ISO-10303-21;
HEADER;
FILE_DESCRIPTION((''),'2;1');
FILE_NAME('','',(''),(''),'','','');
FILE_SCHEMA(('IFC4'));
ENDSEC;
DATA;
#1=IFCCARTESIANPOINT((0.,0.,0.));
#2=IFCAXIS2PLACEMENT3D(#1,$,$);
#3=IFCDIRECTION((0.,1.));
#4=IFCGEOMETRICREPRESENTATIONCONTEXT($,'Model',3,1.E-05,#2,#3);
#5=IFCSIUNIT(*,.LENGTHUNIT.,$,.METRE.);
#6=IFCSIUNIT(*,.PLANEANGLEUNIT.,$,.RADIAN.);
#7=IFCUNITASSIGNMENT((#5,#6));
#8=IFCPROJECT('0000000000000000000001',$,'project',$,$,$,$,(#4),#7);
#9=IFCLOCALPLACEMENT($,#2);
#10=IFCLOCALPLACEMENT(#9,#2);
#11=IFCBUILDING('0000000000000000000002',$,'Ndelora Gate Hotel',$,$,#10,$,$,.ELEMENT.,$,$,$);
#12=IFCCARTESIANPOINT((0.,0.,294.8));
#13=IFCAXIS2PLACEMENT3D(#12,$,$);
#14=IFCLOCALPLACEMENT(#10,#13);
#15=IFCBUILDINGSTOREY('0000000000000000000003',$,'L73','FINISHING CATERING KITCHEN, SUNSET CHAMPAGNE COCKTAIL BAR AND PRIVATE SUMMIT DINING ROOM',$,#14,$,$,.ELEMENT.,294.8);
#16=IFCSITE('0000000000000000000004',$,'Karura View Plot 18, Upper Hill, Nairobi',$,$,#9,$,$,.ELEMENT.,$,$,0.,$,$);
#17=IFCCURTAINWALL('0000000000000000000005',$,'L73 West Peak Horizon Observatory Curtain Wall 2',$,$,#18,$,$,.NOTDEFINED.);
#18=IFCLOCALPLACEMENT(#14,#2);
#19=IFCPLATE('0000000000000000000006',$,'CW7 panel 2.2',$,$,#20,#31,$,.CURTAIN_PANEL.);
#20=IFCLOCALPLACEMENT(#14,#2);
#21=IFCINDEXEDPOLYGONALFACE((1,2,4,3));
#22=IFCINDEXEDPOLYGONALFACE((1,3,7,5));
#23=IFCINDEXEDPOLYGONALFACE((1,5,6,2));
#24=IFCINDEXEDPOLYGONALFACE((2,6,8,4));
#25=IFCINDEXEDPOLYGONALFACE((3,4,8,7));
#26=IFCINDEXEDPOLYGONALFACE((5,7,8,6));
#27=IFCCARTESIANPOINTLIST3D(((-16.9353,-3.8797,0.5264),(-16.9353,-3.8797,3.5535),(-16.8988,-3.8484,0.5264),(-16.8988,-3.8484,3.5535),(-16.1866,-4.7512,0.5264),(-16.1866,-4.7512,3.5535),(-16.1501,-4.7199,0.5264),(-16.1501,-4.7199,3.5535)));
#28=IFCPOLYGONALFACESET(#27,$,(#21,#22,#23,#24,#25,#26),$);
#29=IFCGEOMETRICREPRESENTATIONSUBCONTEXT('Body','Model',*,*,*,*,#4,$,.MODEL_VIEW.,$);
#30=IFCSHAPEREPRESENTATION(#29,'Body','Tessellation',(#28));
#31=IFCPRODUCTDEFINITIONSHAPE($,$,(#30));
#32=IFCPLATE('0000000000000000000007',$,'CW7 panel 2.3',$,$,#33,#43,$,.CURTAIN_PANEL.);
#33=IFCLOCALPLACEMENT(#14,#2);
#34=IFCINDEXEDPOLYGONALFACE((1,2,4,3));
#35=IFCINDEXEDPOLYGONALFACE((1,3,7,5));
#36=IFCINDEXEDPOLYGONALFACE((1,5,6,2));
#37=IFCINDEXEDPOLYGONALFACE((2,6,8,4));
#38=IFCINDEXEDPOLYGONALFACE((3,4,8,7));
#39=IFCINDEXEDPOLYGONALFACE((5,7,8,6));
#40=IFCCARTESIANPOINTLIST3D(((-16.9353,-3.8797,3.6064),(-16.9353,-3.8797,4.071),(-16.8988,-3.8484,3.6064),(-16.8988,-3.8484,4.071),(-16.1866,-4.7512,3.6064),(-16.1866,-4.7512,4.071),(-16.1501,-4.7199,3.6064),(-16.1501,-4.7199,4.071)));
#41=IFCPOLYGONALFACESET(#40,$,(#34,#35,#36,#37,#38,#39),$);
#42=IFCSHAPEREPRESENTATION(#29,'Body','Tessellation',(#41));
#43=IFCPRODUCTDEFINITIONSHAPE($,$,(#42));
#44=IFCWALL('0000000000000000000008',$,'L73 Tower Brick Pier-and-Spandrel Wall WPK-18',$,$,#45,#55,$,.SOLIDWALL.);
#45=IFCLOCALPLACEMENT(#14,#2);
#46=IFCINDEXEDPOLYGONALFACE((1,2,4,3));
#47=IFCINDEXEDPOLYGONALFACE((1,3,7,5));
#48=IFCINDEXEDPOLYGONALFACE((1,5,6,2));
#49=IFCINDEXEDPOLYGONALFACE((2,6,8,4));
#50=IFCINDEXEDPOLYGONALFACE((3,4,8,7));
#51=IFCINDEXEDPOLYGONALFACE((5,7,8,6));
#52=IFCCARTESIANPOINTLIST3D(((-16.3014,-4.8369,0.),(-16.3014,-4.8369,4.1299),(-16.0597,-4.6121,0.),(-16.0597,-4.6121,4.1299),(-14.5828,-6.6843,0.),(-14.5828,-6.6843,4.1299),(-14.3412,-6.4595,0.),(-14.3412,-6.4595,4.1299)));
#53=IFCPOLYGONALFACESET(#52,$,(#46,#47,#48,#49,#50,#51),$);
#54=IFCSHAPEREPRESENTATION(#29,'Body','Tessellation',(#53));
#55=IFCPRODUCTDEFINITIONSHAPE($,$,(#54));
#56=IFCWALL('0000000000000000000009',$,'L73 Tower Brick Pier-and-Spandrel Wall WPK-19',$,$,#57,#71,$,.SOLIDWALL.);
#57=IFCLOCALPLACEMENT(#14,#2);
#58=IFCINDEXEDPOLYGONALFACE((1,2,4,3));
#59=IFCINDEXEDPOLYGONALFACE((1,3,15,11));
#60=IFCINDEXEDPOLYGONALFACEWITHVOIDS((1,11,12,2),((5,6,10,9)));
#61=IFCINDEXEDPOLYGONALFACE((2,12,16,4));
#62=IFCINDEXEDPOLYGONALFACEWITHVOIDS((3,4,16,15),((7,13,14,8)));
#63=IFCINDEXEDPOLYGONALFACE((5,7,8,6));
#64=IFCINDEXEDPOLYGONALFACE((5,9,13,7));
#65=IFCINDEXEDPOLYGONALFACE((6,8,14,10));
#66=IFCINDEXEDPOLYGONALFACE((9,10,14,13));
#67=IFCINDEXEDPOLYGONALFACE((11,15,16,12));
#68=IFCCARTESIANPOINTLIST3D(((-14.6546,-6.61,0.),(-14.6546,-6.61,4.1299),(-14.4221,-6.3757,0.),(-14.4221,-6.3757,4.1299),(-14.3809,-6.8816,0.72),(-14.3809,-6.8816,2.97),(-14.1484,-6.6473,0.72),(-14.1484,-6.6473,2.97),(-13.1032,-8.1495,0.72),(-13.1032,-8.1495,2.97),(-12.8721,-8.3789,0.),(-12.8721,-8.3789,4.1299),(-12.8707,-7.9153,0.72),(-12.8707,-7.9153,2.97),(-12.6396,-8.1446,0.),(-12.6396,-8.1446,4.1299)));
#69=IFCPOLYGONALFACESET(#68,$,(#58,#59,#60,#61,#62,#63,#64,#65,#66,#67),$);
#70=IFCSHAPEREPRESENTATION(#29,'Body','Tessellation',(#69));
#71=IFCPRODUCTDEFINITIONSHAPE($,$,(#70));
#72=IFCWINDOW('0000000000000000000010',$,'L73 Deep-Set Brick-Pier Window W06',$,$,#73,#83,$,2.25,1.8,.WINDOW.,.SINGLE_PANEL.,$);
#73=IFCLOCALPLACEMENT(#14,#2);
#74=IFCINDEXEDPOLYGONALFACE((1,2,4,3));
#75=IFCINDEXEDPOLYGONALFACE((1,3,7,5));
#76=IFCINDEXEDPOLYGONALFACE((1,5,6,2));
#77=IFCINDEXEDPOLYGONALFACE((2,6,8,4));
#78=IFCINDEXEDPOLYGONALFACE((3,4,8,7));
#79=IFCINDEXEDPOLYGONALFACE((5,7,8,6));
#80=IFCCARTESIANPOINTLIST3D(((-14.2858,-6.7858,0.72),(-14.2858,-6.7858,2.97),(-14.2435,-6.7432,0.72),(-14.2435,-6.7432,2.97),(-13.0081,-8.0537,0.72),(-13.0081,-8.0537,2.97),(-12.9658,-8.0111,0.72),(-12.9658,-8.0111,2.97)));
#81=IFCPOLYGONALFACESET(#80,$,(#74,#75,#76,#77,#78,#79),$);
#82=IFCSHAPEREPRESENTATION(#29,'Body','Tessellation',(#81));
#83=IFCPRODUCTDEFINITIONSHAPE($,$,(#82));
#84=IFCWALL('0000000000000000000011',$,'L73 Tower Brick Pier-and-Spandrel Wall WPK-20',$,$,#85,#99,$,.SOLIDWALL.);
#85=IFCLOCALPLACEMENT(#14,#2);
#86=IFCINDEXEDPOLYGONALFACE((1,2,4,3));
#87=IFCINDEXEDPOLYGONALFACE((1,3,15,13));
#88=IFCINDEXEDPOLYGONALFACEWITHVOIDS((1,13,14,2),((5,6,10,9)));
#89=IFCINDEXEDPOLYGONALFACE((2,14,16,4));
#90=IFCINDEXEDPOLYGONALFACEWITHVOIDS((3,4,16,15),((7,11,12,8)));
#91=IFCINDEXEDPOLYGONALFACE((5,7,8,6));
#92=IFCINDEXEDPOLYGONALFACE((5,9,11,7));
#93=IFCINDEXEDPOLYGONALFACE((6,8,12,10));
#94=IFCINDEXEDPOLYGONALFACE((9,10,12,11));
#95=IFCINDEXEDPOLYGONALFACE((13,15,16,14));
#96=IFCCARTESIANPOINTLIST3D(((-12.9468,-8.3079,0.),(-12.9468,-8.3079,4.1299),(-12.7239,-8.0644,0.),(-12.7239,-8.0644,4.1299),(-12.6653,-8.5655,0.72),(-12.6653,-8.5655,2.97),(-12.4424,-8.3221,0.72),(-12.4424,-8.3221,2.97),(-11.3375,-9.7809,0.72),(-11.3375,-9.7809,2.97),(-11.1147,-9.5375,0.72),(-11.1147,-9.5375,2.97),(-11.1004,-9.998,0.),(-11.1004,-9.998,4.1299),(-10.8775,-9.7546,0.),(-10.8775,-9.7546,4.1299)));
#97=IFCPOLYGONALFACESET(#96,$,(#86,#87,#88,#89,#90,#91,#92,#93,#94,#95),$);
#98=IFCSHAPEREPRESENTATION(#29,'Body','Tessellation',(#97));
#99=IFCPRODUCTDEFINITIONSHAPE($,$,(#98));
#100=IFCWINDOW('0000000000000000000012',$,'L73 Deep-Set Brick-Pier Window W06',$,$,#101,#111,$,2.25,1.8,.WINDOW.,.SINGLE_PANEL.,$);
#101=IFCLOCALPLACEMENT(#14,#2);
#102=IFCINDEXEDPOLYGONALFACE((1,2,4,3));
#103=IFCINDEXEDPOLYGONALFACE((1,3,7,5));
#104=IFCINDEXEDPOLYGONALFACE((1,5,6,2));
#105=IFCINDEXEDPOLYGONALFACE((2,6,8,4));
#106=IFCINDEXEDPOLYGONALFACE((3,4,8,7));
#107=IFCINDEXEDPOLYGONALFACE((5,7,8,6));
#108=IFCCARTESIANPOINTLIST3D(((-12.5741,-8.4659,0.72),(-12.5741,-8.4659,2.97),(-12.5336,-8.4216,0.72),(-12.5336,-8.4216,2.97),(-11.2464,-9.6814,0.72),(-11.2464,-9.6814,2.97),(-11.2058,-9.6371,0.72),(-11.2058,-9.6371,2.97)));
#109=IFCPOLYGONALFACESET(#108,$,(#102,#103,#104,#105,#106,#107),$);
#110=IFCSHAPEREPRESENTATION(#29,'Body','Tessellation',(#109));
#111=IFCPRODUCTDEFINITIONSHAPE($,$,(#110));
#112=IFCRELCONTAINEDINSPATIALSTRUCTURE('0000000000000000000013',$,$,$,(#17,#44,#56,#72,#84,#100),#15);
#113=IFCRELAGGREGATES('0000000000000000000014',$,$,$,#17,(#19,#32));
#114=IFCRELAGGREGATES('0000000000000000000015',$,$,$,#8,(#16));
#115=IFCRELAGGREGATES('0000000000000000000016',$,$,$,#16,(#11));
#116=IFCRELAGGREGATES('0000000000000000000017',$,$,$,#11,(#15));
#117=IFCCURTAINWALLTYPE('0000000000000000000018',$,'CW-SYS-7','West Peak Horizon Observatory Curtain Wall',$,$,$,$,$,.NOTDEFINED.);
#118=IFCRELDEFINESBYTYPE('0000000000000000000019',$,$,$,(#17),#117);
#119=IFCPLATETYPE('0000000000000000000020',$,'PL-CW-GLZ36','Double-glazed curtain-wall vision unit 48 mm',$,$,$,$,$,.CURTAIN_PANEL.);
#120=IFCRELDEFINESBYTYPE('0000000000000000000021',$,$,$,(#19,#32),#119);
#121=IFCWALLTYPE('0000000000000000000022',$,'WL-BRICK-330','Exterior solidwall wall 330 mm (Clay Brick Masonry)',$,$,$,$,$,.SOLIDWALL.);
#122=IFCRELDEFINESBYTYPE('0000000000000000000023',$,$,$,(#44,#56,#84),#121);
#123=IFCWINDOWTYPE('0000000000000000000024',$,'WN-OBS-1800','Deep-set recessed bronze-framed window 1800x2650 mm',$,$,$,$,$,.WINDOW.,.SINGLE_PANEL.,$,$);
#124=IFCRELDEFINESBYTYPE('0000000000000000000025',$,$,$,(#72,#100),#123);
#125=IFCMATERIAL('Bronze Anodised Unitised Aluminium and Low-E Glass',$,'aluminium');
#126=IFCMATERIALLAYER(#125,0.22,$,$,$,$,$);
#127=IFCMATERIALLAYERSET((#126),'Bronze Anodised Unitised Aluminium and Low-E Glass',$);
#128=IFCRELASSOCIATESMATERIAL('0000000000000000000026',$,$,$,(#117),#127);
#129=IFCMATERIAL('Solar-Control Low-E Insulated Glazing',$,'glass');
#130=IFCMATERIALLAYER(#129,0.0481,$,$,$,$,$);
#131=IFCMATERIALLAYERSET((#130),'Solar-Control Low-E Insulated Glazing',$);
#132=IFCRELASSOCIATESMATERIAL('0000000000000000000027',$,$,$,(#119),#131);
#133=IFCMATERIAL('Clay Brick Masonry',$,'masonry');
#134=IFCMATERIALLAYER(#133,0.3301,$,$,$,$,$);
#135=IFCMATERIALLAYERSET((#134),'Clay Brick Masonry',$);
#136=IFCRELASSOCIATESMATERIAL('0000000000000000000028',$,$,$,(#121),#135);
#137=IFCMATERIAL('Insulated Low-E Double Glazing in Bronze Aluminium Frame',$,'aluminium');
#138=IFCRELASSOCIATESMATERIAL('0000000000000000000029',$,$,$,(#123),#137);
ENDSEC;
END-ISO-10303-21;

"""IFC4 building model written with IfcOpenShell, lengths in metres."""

from ifc_helpers import new_model, si_unit, direction, frame, frame_2d, origin, origin_2d, place, context, subcontext, project, spatial, rectangle, extrude, material, layer, layer_set, type_object, element, fill, aggregate, save


model = new_model("IFC4")

# Units and contexts
model_context = context("Model", 3, precision=1e-05, world=origin(), true_north=direction((0.0, 1.0)))
body_context = subcontext(model_context, "Body", "Model", "MODEL_VIEW")
ifc_project = project(units=[si_unit("LENGTHUNIT", "METRE"), si_unit("PLANEANGLEUNIT", "RADIAN")], contexts=[model_context])

# Site, building, storey
site_placement = place(None, origin())
site = spatial("IfcSite", under=ifc_project, at=site_placement, Name="Karura View Plot 18, Upper Hill, Nairobi", CompositionType="ELEMENT", RefElevation=0.0)
building_placement = place(site_placement, origin())
building = spatial("IfcBuilding", under=site, at=building_placement, Name="Ndelora Gate Hotel", CompositionType="ELEMENT")
storey_placement = place(building_placement, frame((0.0, 0.0, 294.8)))
storey = spatial("IfcBuildingStorey", under=building, at=storey_placement, Name="L73", Description="FINISHING CATERING KITCHEN, SUNSET CHAMPAGNE COCKTAIL BAR AND PRIVATE SUMMIT DINING ROOM", CompositionType="ELEMENT", Elevation=294.8)

# Curtain wall, plates
ifc_material_1 = material(Name="Bronze Anodised Unitised Aluminium and Low-E Glass", Category="aluminium")
ifc_layer_1 = layer(ifc_material_1, 0.22)
ifc_layer_set_1 = layer_set([ifc_layer_1], Name="Bronze Anodised Unitised Aluminium and Low-E Glass")
curtain_wall_type = type_object("IfcCurtainWallType", Name="CW-SYS-7", Description="West Peak Horizon Observatory Curtain Wall", PredefinedType="NOTDEFINED", material=ifc_layer_set_1)
curtain_wall_placement = place(storey_placement, origin())
curtain_wall = element("IfcCurtainWall", 1, at=curtain_wall_placement, inside=storey, type_object=curtain_wall_type, Name="L73 West Peak Horizon Observatory Curtain Wall 2", PredefinedType="NOTDEFINED")
ifc_material_2 = material(Name="Solar-Control Low-E Insulated Glazing", Category="glass")
ifc_layer_2 = layer(ifc_material_2, 0.0481)
ifc_layer_set_2 = layer_set([ifc_layer_2], Name="Solar-Control Low-E Insulated Glazing")
plate_type = type_object("IfcPlateType", Name="PL-CW-GLZ36", Description="Double-glazed curtain-wall vision unit 48 mm", PredefinedType="CURTAIN_PANEL", material=ifc_layer_set_2)
plate_1_placement = place(storey_placement, frame((-16.5427, -4.2998, 0.5264), z_axis=(0.0, 0.0, 1.0), x_axis=(0.651638, -0.75853, 0.0)))
plate_1 = element("IfcPlate", 2, at=plate_1_placement, type_object=plate_type, Name="CW7 panel 2.2", PredefinedType="CURTAIN_PANEL", context=body_context, shape_type="SweptSolid", body=[
    extrude(rectangle(XDim=1.1489, YDim=0.0481, at=origin_2d()), origin(), (0.0, 0.0, 1.0), 3.0271),
])
plate_2_placement = place(storey_placement, frame((-16.5427, -4.2998, 3.6064), z_axis=(0.0, 0.0, 1.0), x_axis=(0.651638, -0.75853, 0.0)))
plate_2 = element("IfcPlate", 3, at=plate_2_placement, type_object=plate_type, Name="CW7 panel 2.3", PredefinedType="CURTAIN_PANEL", context=body_context, shape_type="SweptSolid", body=[
    extrude(rectangle(XDim=1.1489, YDim=0.0481, at=origin_2d()), origin(), (0.0, 0.0, 1.0), 0.4646),
])
aggregate(curtain_wall, [plate_1, plate_2])

# Wall
ifc_material_3 = material(Name="Clay Brick Masonry", Category="masonry")
ifc_layer_3 = layer(ifc_material_3, 0.3301)
ifc_layer_set_3 = layer_set([ifc_layer_3], Name="Clay Brick Masonry")
wall_type_1 = type_object("IfcWallType", Name="WL-BRICK-330", Description="Exterior solidwall wall 330 mm (Clay Brick Masonry)", PredefinedType="SOLIDWALL", material=ifc_layer_set_3)
wall_1_placement = place(storey_placement, frame((-14.4619, -6.572, 0.0), z_axis=(0.0, 0.0, 1.0), x_axis=(-0.6811, 0.73219, 0.0)))
element("IfcWall", 4, at=wall_1_placement, inside=storey, type_object=wall_type_1, Name="L73 Tower Brick Pier-and-Spandrel Wall WPK-18", PredefinedType="SOLIDWALL", context=body_context, shape_type="SweptSolid", body=[
    extrude(rectangle(XDim=2.5232, YDim=0.3301, at=frame_2d((1.2617, 0.0))), origin(), (0.0, 0.0, 1.0), 4.1299),
])

# Walls, openings, windows
wall_2_placement = place(storey_placement, frame((-12.7559, -8.2617, 0.0), z_axis=(0.0, 0.0, 1.0), x_axis=(-0.709824, 0.704379, 0.0)))
wall_2 = element("IfcWall", 5, at=wall_2_placement, inside=storey, type_object=wall_type_1, Name="L73 Tower Brick Pier-and-Spandrel Wall WPK-19", PredefinedType="SOLIDWALL", context=body_context, shape_type="SweptSolid", body=[
    extrude(rectangle(XDim=2.5112, YDim=0.3301, at=frame_2d((1.2556, 0.0))), origin(), (0.0, 0.0, 1.0), 4.1299),
])
opening_1_placement = place(wall_2_placement, frame((0.3257, 0.0, 0.72)))
opening_1 = element("IfcOpeningElement", 6, at=opening_1_placement, cuts=wall_2, PredefinedType="OPENING", context=body_context, shape_type="SweptSolid", body=[
    extrude(rectangle(XDim=1.8, YDim=2.25, at=frame_2d((0.8999, 1.125))), frame((0.0, 0.175, 0.0), z_axis=(0.0, -1.0, 0.0), x_axis=(1.0, 0.0, 0.0)), (0.0, 0.0, 1.0), 0.3501),
])
ifc_material_4 = material(Name="Insulated Low-E Double Glazing in Bronze Aluminium Frame", Category="aluminium")
window_type = type_object("IfcWindowType", Name="WN-OBS-1800", Description="Deep-set recessed bronze-framed window 1800x2650 mm", PartitioningType="SINGLE_PANEL", PredefinedType="WINDOW", material=ifc_material_4)
window_1_placement = place(opening_1_placement, origin())
window_1 = element("IfcWindow", 7, at=window_1_placement, inside=storey, type_object=window_type, Name="L73 Deep-Set Brick-Pier Window W06", OverallHeight=2.25, OverallWidth=1.8, PartitioningType="SINGLE_PANEL", PredefinedType="WINDOW", context=body_context, shape_type="SweptSolid", body=[
    extrude(rectangle(XDim=1.8, YDim=2.25, at=frame_2d((0.8999, 1.125))), frame((0.0, 0.03, 0.0), z_axis=(0.0, -1.0, 0.0), x_axis=(1.0, 0.0, 0.0)), (0.0, 0.0, 1.0), 0.0601),
])
fill(opening_1, window_1)
wall_3_placement = place(storey_placement, frame((-10.989, -9.8762, 0.0), z_axis=(0.0, 0.0, 1.0), x_axis=(-0.737628, 0.675208, 0.0)))
wall_3 = element("IfcWall", 8, at=wall_3_placement, inside=storey, type_object=wall_type_1, Name="L73 Tower Brick Pier-and-Spandrel Wall WPK-20", PredefinedType="SOLIDWALL", context=body_context, shape_type="SweptSolid", body=[
    extrude(rectangle(XDim=2.5032, YDim=0.3301, at=frame_2d((1.2515, 0.0))), origin(), (0.0, 0.0, 1.0), 4.1299),
])
opening_2_placement = place(wall_3_placement, frame((0.3215, 0.0, 0.72)))
opening_2 = element("IfcOpeningElement", 9, at=opening_2_placement, cuts=wall_3, PredefinedType="OPENING", context=body_context, shape_type="SweptSolid", body=[
    extrude(rectangle(XDim=1.8, YDim=2.25, at=frame_2d((0.8999, 1.125))), frame((0.0, 0.175, 0.0), z_axis=(0.0, -1.0, 0.0), x_axis=(1.0, 0.0, 0.0)), (0.0, 0.0, 1.0), 0.3501),
])
window_2_placement = place(opening_2_placement, origin())
window_2 = element("IfcWindow", 10, at=window_2_placement, inside=storey, type_object=window_type, Name="L73 Deep-Set Brick-Pier Window W06", OverallHeight=2.25, OverallWidth=1.8, PartitioningType="SINGLE_PANEL", PredefinedType="WINDOW", context=body_context, shape_type="SweptSolid", body=[
    extrude(rectangle(XDim=1.8, YDim=2.25, at=frame_2d((0.8999, 1.125))), frame((0.0, 0.03, 0.0), z_axis=(0.0, -1.0, 0.0), x_axis=(1.0, 0.0, 0.0)), (0.0, 0.0, 1.0), 0.0601),
])
fill(opening_2, window_2)

save(model, "model.ifc")
